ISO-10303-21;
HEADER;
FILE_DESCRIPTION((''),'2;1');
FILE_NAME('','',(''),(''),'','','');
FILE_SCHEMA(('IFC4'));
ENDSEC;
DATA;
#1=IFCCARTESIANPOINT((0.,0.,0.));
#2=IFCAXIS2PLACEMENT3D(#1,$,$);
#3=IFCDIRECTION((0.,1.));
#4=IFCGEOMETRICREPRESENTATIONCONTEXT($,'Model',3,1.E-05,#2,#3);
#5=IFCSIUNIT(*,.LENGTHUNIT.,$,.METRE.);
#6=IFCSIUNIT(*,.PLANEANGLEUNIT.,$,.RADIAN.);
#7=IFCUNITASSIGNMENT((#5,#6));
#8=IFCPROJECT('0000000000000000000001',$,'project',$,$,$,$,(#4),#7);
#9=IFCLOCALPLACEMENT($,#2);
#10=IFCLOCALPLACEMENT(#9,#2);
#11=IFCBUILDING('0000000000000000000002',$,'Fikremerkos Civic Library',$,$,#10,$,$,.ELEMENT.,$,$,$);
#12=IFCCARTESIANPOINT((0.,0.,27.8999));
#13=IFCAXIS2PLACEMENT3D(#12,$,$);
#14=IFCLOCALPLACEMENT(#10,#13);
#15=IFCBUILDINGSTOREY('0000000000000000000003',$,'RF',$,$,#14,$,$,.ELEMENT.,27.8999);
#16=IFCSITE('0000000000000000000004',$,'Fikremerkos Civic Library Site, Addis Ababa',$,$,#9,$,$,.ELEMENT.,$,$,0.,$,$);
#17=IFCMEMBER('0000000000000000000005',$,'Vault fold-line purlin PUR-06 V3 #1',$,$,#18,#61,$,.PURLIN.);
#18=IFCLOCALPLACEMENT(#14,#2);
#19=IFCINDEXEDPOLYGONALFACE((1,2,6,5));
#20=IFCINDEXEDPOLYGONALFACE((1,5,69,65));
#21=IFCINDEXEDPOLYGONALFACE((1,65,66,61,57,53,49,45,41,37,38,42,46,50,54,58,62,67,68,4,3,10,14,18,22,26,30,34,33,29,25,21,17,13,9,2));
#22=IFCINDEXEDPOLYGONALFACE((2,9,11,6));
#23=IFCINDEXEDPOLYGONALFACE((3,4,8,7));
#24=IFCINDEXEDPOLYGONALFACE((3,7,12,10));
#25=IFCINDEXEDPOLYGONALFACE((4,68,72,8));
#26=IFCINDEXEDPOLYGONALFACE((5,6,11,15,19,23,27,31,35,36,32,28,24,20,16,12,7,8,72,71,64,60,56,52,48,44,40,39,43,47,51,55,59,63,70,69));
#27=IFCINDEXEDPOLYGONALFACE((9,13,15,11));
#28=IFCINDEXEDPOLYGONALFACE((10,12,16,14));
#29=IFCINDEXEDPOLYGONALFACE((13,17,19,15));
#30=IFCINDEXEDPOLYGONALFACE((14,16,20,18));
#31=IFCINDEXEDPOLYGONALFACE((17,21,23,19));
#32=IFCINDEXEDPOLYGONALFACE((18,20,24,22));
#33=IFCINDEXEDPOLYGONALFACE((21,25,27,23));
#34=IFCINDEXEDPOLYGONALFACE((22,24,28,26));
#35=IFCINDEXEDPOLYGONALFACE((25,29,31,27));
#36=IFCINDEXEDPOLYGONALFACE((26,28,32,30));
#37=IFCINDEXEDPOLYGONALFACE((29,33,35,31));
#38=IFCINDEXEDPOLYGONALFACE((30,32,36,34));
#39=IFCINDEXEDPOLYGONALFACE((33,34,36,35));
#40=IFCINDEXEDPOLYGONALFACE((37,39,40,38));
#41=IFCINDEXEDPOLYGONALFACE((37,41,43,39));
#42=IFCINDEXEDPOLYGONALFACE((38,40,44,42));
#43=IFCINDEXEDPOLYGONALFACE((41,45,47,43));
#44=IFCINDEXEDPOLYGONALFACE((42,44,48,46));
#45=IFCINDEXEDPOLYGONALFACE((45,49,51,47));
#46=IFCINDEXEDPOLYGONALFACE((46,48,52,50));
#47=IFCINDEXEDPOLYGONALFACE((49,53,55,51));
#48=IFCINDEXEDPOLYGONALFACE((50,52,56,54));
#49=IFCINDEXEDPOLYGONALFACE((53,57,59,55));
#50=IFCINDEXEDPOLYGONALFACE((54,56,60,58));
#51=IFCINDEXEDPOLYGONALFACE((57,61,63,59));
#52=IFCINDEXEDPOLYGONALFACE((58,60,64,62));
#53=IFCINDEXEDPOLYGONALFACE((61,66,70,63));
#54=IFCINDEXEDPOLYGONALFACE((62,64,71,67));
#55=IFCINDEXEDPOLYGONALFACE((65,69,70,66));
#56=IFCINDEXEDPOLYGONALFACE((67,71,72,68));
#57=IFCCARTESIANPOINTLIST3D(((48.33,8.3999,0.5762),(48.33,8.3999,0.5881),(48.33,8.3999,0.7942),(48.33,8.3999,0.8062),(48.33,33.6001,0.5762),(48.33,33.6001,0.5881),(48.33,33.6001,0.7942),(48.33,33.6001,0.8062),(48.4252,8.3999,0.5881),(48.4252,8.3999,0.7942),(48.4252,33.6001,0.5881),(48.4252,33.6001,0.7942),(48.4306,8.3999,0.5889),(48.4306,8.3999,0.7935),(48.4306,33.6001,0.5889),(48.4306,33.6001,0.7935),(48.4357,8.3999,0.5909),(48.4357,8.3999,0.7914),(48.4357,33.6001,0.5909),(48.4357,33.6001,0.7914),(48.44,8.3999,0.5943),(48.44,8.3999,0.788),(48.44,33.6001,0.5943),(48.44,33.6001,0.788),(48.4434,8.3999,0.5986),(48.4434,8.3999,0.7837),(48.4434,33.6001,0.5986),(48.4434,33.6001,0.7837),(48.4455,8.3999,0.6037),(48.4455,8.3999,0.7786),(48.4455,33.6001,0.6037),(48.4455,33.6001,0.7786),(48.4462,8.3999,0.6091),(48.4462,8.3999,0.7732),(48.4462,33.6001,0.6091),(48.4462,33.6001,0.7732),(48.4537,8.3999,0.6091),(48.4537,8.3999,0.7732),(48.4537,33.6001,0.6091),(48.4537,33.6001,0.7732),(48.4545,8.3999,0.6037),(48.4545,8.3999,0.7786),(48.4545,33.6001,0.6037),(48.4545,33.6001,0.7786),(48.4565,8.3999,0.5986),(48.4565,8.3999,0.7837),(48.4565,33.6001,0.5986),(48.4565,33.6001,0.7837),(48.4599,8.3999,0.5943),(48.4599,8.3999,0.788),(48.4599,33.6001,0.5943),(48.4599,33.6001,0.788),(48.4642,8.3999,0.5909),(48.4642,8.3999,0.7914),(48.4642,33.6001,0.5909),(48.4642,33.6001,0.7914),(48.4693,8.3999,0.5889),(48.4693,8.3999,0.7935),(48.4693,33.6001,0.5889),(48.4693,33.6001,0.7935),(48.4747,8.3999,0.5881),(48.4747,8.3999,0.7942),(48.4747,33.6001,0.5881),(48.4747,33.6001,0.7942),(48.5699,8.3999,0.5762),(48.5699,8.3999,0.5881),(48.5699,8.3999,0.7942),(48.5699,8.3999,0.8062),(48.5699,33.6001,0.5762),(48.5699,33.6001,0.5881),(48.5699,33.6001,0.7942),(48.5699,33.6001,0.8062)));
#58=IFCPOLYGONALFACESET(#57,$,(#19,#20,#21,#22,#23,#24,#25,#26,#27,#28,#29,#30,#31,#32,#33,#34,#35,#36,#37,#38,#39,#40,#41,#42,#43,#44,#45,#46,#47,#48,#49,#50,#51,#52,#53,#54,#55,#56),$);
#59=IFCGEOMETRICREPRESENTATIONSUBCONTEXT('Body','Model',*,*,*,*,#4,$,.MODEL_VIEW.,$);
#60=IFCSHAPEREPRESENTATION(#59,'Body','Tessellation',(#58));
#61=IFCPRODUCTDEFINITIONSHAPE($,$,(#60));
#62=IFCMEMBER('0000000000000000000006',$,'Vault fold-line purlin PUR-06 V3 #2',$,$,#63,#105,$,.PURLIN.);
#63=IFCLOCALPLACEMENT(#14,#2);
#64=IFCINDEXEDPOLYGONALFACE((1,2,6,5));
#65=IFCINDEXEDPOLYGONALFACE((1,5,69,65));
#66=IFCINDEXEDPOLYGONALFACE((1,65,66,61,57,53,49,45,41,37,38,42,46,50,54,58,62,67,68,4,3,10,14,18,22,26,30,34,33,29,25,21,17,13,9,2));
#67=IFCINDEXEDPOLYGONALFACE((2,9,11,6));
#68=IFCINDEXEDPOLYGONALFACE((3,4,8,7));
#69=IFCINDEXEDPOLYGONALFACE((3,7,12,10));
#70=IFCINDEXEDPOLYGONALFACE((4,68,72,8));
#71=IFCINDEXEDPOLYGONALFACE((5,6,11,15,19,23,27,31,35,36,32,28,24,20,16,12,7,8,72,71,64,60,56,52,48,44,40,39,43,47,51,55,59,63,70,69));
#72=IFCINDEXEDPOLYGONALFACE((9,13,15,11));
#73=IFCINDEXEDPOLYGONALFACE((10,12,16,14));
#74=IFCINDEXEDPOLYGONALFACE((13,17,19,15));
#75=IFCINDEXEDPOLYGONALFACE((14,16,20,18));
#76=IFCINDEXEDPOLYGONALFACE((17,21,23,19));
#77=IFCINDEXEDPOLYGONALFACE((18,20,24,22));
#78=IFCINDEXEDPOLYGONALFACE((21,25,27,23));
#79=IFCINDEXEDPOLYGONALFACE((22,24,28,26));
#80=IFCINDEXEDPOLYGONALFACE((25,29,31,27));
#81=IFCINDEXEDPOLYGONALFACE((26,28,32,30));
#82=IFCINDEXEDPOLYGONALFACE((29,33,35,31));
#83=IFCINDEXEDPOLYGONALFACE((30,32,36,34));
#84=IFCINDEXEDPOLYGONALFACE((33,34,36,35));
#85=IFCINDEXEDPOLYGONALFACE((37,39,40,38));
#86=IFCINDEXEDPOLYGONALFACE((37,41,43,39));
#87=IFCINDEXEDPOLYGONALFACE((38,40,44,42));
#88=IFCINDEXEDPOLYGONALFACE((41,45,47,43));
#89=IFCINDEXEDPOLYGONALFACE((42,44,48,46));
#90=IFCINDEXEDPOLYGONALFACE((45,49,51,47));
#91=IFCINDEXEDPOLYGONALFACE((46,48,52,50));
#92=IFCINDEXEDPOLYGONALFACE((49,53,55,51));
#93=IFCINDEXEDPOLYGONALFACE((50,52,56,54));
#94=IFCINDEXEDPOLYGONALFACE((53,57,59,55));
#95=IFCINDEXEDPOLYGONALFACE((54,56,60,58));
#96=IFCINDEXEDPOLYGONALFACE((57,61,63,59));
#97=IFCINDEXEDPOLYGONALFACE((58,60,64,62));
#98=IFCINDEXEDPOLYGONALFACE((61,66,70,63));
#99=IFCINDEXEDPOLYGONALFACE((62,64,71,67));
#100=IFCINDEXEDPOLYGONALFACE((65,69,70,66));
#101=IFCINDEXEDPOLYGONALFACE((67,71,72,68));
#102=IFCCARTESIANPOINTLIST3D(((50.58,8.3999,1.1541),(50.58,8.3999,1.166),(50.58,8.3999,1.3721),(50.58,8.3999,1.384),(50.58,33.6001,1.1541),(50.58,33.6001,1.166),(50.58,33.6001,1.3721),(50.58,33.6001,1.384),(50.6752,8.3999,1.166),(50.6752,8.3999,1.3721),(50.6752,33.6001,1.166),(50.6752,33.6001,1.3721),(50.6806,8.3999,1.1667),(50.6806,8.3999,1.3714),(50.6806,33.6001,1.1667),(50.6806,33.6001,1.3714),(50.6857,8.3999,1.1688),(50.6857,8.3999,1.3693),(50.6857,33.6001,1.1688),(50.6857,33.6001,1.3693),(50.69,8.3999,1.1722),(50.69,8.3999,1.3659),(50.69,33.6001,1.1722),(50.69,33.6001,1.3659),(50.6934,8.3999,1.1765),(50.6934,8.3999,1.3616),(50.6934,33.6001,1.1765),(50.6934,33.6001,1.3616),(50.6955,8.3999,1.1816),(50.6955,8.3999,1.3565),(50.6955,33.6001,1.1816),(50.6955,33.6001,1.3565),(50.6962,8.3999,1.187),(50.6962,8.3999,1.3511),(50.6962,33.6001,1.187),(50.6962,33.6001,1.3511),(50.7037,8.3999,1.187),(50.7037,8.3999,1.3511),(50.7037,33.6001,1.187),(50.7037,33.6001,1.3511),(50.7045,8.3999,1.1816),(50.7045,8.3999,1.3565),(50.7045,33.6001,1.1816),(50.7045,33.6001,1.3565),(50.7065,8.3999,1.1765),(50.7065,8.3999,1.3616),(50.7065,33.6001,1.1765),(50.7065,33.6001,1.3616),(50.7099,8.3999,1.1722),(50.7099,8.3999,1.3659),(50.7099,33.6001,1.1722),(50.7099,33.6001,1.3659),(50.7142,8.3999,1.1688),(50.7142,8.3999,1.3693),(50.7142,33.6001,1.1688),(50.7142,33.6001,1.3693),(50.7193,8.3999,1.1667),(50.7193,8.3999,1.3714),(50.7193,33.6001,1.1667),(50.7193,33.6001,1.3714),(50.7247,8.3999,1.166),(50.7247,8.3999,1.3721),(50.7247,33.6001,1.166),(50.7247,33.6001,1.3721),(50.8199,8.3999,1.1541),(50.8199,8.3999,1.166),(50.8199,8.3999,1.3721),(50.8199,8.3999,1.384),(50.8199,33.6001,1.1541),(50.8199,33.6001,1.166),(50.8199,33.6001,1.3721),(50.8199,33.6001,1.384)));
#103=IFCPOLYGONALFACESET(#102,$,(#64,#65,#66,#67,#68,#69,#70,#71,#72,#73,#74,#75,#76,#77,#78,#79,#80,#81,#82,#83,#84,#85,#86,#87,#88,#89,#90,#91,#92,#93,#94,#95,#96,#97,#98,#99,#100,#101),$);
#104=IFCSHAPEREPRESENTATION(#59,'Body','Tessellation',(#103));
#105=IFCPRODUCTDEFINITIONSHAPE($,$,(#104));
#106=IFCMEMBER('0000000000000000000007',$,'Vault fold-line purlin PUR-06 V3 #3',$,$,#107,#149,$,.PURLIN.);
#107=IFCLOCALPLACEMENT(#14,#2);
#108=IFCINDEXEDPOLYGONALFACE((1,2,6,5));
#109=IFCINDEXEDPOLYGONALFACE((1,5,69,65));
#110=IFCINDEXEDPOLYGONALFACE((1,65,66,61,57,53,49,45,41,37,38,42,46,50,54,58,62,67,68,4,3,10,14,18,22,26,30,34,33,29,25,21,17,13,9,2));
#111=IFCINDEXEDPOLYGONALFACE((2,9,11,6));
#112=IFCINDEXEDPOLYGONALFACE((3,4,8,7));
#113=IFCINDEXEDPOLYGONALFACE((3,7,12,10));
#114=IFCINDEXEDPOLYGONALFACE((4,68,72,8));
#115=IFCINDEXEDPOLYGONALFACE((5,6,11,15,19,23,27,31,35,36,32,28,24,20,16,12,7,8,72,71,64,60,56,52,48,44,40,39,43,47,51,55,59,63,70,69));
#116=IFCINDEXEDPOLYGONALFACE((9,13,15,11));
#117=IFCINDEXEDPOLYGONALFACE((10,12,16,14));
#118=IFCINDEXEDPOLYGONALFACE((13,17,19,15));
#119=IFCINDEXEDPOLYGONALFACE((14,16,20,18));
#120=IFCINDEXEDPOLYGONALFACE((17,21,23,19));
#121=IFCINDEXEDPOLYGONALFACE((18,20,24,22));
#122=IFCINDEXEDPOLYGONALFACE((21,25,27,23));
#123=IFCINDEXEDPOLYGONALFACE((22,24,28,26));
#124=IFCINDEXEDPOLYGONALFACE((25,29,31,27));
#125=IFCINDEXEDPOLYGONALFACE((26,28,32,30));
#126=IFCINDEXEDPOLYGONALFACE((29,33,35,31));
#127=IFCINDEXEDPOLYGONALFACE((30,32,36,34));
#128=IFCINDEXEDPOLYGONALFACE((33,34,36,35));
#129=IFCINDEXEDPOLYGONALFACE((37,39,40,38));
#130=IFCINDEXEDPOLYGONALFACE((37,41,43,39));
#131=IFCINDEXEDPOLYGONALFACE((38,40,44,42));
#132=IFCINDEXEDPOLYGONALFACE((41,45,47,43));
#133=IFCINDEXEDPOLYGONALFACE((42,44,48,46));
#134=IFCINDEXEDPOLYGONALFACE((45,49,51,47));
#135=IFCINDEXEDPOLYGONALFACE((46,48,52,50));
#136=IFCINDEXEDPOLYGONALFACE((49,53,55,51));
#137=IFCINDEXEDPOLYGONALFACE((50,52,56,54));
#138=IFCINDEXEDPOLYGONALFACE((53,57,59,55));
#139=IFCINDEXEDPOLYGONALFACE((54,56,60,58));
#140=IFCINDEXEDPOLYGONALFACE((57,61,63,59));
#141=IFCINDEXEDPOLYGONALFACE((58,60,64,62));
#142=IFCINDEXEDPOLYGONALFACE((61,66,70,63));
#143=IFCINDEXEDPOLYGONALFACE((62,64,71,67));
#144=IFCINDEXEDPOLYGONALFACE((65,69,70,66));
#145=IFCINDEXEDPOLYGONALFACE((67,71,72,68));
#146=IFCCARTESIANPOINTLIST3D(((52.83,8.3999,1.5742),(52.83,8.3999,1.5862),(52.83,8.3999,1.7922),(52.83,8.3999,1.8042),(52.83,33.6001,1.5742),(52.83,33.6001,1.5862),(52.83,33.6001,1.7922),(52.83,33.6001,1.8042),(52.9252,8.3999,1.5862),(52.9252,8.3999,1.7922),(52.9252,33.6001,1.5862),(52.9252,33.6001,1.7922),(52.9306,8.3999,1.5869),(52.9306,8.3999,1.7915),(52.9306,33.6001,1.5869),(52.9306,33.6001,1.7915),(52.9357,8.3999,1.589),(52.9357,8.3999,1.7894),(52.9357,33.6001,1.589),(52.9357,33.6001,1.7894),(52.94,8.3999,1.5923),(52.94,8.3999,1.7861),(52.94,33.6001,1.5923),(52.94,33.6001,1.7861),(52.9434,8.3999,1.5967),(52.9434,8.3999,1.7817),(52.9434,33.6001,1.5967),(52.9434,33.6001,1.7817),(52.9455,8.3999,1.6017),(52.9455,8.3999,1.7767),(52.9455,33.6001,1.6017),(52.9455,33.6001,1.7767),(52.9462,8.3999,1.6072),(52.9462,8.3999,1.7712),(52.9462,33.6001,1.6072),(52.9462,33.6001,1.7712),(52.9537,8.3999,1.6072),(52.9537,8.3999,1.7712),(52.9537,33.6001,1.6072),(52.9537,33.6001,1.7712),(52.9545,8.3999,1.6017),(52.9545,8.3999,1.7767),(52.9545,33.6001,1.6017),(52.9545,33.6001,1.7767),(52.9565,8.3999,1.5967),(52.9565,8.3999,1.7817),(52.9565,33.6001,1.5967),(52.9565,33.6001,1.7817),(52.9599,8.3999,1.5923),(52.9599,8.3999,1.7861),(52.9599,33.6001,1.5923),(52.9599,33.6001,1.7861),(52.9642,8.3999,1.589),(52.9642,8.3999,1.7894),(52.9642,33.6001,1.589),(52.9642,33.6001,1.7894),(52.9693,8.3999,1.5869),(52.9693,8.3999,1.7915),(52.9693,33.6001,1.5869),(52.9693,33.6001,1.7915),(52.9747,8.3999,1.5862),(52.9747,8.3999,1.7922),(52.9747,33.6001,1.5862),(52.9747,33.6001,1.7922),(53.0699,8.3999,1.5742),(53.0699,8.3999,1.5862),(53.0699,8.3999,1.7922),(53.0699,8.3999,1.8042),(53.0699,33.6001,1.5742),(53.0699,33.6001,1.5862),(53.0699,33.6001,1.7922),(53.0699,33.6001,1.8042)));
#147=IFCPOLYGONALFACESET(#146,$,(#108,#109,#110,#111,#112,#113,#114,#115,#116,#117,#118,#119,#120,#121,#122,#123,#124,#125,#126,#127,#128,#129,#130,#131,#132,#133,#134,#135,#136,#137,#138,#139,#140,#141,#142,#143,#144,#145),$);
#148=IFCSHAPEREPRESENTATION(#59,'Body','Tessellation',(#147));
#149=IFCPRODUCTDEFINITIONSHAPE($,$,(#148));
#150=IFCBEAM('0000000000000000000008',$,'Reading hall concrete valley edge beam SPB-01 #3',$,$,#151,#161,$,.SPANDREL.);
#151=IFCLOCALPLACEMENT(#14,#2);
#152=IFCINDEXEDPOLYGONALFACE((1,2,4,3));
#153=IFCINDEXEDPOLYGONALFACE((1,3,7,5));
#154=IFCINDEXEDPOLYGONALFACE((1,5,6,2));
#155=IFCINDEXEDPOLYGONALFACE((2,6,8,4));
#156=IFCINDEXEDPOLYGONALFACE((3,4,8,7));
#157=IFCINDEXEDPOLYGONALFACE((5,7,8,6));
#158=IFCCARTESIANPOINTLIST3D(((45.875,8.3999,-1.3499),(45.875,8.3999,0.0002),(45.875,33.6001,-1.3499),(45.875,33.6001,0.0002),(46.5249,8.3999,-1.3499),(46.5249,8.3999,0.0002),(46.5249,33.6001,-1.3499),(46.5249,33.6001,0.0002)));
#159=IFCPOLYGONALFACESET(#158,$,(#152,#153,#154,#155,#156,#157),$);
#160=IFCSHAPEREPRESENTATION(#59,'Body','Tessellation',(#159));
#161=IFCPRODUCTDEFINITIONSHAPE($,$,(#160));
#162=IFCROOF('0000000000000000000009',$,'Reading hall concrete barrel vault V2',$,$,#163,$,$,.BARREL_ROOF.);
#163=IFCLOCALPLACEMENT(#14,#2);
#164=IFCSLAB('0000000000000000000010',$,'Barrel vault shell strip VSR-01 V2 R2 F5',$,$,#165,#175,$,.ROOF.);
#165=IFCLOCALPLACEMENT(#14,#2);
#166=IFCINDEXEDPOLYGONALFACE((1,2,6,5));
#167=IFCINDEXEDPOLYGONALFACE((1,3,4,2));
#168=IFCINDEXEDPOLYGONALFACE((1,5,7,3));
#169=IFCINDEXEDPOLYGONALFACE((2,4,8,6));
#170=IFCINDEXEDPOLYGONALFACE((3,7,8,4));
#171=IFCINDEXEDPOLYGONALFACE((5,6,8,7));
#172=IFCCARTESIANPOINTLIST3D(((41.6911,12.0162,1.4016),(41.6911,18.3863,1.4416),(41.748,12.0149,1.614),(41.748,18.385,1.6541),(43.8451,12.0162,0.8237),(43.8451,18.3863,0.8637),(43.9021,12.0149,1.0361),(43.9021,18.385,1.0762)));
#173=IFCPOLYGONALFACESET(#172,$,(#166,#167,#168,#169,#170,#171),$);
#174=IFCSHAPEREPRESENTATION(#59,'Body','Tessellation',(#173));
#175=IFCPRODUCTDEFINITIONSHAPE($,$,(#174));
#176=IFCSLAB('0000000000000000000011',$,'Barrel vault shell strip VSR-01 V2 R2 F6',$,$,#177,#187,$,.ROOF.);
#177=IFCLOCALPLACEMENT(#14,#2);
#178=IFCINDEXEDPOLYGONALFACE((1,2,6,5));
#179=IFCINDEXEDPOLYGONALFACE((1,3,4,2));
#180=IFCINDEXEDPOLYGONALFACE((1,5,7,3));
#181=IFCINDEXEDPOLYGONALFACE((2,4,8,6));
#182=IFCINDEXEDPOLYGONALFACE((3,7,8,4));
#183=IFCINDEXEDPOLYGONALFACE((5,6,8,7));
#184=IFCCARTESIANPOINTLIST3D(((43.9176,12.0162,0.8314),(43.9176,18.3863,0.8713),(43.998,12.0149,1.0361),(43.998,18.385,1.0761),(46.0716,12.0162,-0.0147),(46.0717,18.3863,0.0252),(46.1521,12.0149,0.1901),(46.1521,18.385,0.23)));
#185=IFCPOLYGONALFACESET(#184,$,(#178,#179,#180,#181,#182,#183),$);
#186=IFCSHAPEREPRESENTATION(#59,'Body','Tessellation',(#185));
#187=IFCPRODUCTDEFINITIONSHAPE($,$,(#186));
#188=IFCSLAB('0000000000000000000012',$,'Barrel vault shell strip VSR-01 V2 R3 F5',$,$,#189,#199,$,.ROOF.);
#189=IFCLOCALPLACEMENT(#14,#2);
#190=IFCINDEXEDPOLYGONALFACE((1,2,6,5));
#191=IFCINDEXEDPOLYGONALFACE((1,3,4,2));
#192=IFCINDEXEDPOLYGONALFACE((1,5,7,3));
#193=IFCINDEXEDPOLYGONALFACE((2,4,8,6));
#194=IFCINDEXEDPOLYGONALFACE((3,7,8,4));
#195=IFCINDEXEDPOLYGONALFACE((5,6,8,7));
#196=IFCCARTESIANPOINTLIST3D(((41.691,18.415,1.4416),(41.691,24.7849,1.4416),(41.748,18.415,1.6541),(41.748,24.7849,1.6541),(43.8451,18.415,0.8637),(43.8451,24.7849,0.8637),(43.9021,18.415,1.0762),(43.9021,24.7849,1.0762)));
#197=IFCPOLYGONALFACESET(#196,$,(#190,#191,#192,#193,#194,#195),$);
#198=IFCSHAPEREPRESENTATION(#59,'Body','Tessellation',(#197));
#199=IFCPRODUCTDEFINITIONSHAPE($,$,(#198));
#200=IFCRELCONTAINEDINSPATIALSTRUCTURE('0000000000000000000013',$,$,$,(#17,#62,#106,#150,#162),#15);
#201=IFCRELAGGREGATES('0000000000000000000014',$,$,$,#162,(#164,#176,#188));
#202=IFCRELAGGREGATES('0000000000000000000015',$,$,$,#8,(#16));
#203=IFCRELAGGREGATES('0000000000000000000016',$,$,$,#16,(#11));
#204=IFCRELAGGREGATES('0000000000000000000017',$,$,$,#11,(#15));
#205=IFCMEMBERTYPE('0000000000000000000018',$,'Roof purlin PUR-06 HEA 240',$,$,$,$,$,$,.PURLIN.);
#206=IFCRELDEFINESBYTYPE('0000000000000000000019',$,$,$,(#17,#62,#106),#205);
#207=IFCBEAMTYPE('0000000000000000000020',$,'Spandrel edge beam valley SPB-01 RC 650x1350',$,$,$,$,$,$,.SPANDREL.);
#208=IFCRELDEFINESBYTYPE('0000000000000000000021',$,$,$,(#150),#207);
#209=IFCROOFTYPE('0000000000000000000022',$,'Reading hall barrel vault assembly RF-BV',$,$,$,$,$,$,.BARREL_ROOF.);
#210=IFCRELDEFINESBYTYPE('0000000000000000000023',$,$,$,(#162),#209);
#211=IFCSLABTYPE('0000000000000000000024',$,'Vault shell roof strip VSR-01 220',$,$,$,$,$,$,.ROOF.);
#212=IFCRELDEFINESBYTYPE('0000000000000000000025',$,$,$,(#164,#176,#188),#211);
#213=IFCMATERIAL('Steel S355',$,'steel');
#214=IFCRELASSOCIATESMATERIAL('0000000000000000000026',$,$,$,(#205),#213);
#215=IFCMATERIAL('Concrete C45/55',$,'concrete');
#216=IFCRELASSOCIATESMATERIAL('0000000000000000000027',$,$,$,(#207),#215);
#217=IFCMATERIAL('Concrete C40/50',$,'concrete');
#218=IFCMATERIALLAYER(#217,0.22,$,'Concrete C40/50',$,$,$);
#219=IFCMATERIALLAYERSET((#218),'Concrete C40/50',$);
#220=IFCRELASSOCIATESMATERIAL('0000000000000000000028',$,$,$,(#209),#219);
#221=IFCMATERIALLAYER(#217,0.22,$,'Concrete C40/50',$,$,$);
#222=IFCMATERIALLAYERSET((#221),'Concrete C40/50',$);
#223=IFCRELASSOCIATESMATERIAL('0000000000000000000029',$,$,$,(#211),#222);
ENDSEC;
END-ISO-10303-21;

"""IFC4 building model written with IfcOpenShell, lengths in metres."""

from ifc_helpers import new_model, si_unit, direction, frame, origin, origin_2d, place, context, subcontext, project, spatial, polyline, rectangle, i_section, outline, extrude, material, layer, layer_set, material_profile, profile_set, type_object, element, aggregate, save


model = new_model("IFC4")

# Units and contexts
model_context = context("Model", 3, precision=1e-05, world=origin(), true_north=direction((0.0, 1.0)))
body_context = subcontext(model_context, "Body", "Model", "MODEL_VIEW")
ifc_project = project(units=[si_unit("LENGTHUNIT", "METRE"), si_unit("PLANEANGLEUNIT", "RADIAN")], contexts=[model_context])

# Site, building, storey
site_placement = place(None, origin())
site = spatial("IfcSite", under=ifc_project, at=site_placement, Name="Fikremerkos Civic Library Site, Addis Ababa", CompositionType="ELEMENT", RefElevation=0.0)
building_placement = place(site_placement, origin())
building = spatial("IfcBuilding", under=site, at=building_placement, Name="Fikremerkos Civic Library", CompositionType="ELEMENT")
storey_placement = place(building_placement, frame((0.0, 0.0, 27.8999)))
storey = spatial("IfcBuildingStorey", under=building, at=storey_placement, Name="RF", CompositionType="ELEMENT", Elevation=27.8999)

# Shared definitions
ifc_material_1 = material(Name="Steel S355", Category="steel")

# Shared definitions
ifc_material_2 = material(Name="Concrete C45/55", Category="concrete")

# Members
ifc_material_profile_1 = material_profile(ifc_material_1, i_section(OverallWidth=0.24, OverallDepth=0.23, WebThickness=0.0076, FlangeThickness=0.012, FilletRadius=0.021, at=origin_2d()), Name="HEA 240")
ifc_profile_set_1 = profile_set([ifc_material_profile_1], Name="Steel S355")
member_type_1 = type_object("IfcMemberType", Name="Roof purlin PUR-06 HEA 240", PredefinedType="PURLIN", material=ifc_profile_set_1)
for number, where, z_axis, x_axis, name in (
    (1, (48.45, 8.3999, 0.6912), (0.0, 1.0, 0.0), (-1.0, 0.0, 0.0), "Vault fold-line purlin PUR-06 V3 #1"),
    (2, (50.7, 8.3999, 1.269), (0.0, 1.0, 0.0), (-1.0, 0.0, 0.0), "Vault fold-line purlin PUR-06 V3 #2"),
    (3, (52.95, 8.3999, 1.6892), (0.0, 1.0, 0.0), (-1.0, 0.0, 0.0), "Vault fold-line purlin PUR-06 V3 #3"),
):
    element("IfcMember", number, at=place(storey_placement, frame(where, z_axis=z_axis, x_axis=x_axis)), inside=storey, type_object=member_type_1, Name=name, PredefinedType="PURLIN", context=body_context, shape_type="SweptSolid", body=[
        extrude(i_section(OverallWidth=0.24, OverallDepth=0.23, WebThickness=0.0076, FlangeThickness=0.012, FilletRadius=0.021, at=origin_2d()), origin(), (0.0, 0.0, 1.0), 25.2002),
    ])

# Beam
ifc_material_profile_2 = material_profile(ifc_material_2, rectangle(XDim=0.6499, YDim=1.3501, at=origin_2d()), Name="RC 650x1350")
ifc_profile_set_2 = profile_set([ifc_material_profile_2], Name="Concrete C45/55")
beam_type_1 = type_object("IfcBeamType", Name="Spandrel edge beam valley SPB-01 RC 650x1350", PredefinedType="SPANDREL", material=ifc_profile_set_2)
beam_1_placement = place(storey_placement, frame((46.2, 8.3999, -0.6748), z_axis=(0.0, 1.0, 0.0), x_axis=(-1.0, 0.0, 0.0)))
element("IfcBeam", 4, at=beam_1_placement, inside=storey, type_object=beam_type_1, Name="Reading hall concrete valley edge beam SPB-01 #3", PredefinedType="SPANDREL", context=body_context, shape_type="SweptSolid", body=[
    extrude(rectangle(XDim=0.6499, YDim=1.3501, at=origin_2d()), origin(), (0.0, 0.0, 1.0), 25.2002),
])

# Roof, slabs
ifc_material_3 = material(Name="Concrete C40/50", Category="concrete")
ifc_layer_1 = layer(ifc_material_3, 0.22, Name="Concrete C40/50")
ifc_layer_set_1 = layer_set([ifc_layer_1], Name="Concrete C40/50")
roof_type = type_object("IfcRoofType", Name="Reading hall barrel vault assembly RF-BV", PredefinedType="BARREL_ROOF", material=ifc_layer_set_1)
roof_1_placement = place(storey_placement, origin())
roof_1 = element("IfcRoof", 5, at=roof_1_placement, inside=storey, type_object=roof_type, Name="Reading hall concrete barrel vault V2", PredefinedType="BARREL_ROOF")
ifc_layer_2 = layer(ifc_material_3, 0.22, Name="Concrete C40/50")
ifc_layer_set_2 = layer_set([ifc_layer_2], Name="Concrete C40/50")
slab_type_1 = type_object("IfcSlabType", Name="Vault shell roof strip VSR-01 220", PredefinedType="ROOF", material=ifc_layer_set_2)
slab_1_placement = place(storey_placement, frame((41.748, 12.0149, 1.614), z_axis=(0.259109, -0.006071, 0.965829), x_axis=(0.965847, 0.0, -0.259114)))
slab_1 = element("IfcSlab", 6, at=slab_1_placement, type_object=slab_type_1, Name="Barrel vault shell strip VSR-01 V2 R2 F5", PredefinedType="ROOF", context=body_context, shape_type="SweptSolid", body=[
    extrude(outline(polyline([(0.0, 0.0), (2.2302, 0.0), (2.2198, 6.3702), (-0.0104, 6.3702), (0.0, 0.0)])), origin(), (0.0, 0.0, -1.0), 0.22),
])
slab_2_placement = place(storey_placement, frame((43.998, 12.0149, 1.0361), z_axis=(0.365584, -0.005832, 0.93076), x_axis=(0.930776, 0.0, -0.36559)))
slab_2 = element("IfcSlab", 7, at=slab_2_placement, type_object=slab_type_1, Name="Barrel vault shell strip VSR-01 V2 R2 F6", PredefinedType="ROOF", context=body_context, shape_type="SweptSolid", body=[
    extrude(outline(polyline([(0.0, 0.0), (2.3142, 0.0), (2.2997, 6.3702), (-0.0146, 6.3702), (0.0, 0.0)])), origin(), (0.0, 0.0, -1.0), 0.22),
])
slab_3_placement = place(storey_placement, frame((41.748, 18.415, 1.6541), z_axis=(0.259114, 0.0, 0.965847), x_axis=(0.965847, 0.0, -0.259114)))
slab_3 = element("IfcSlab", 8, at=slab_3_placement, type_object=slab_type_1, Name="Barrel vault shell strip VSR-01 V2 R3 F5", PredefinedType="ROOF", context=body_context, shape_type="SweptSolid", body=[
    extrude(outline(polyline([(0.0, 0.0), (2.2302, 0.0), (2.2302, 6.3699), (0.0, 6.3699), (0.0, 0.0)])), origin(), (0.0, 0.0, -1.0), 0.22),
])

aggregate(roof_1, [slab_1, slab_2, slab_3])

save(model, "model.ifc")
